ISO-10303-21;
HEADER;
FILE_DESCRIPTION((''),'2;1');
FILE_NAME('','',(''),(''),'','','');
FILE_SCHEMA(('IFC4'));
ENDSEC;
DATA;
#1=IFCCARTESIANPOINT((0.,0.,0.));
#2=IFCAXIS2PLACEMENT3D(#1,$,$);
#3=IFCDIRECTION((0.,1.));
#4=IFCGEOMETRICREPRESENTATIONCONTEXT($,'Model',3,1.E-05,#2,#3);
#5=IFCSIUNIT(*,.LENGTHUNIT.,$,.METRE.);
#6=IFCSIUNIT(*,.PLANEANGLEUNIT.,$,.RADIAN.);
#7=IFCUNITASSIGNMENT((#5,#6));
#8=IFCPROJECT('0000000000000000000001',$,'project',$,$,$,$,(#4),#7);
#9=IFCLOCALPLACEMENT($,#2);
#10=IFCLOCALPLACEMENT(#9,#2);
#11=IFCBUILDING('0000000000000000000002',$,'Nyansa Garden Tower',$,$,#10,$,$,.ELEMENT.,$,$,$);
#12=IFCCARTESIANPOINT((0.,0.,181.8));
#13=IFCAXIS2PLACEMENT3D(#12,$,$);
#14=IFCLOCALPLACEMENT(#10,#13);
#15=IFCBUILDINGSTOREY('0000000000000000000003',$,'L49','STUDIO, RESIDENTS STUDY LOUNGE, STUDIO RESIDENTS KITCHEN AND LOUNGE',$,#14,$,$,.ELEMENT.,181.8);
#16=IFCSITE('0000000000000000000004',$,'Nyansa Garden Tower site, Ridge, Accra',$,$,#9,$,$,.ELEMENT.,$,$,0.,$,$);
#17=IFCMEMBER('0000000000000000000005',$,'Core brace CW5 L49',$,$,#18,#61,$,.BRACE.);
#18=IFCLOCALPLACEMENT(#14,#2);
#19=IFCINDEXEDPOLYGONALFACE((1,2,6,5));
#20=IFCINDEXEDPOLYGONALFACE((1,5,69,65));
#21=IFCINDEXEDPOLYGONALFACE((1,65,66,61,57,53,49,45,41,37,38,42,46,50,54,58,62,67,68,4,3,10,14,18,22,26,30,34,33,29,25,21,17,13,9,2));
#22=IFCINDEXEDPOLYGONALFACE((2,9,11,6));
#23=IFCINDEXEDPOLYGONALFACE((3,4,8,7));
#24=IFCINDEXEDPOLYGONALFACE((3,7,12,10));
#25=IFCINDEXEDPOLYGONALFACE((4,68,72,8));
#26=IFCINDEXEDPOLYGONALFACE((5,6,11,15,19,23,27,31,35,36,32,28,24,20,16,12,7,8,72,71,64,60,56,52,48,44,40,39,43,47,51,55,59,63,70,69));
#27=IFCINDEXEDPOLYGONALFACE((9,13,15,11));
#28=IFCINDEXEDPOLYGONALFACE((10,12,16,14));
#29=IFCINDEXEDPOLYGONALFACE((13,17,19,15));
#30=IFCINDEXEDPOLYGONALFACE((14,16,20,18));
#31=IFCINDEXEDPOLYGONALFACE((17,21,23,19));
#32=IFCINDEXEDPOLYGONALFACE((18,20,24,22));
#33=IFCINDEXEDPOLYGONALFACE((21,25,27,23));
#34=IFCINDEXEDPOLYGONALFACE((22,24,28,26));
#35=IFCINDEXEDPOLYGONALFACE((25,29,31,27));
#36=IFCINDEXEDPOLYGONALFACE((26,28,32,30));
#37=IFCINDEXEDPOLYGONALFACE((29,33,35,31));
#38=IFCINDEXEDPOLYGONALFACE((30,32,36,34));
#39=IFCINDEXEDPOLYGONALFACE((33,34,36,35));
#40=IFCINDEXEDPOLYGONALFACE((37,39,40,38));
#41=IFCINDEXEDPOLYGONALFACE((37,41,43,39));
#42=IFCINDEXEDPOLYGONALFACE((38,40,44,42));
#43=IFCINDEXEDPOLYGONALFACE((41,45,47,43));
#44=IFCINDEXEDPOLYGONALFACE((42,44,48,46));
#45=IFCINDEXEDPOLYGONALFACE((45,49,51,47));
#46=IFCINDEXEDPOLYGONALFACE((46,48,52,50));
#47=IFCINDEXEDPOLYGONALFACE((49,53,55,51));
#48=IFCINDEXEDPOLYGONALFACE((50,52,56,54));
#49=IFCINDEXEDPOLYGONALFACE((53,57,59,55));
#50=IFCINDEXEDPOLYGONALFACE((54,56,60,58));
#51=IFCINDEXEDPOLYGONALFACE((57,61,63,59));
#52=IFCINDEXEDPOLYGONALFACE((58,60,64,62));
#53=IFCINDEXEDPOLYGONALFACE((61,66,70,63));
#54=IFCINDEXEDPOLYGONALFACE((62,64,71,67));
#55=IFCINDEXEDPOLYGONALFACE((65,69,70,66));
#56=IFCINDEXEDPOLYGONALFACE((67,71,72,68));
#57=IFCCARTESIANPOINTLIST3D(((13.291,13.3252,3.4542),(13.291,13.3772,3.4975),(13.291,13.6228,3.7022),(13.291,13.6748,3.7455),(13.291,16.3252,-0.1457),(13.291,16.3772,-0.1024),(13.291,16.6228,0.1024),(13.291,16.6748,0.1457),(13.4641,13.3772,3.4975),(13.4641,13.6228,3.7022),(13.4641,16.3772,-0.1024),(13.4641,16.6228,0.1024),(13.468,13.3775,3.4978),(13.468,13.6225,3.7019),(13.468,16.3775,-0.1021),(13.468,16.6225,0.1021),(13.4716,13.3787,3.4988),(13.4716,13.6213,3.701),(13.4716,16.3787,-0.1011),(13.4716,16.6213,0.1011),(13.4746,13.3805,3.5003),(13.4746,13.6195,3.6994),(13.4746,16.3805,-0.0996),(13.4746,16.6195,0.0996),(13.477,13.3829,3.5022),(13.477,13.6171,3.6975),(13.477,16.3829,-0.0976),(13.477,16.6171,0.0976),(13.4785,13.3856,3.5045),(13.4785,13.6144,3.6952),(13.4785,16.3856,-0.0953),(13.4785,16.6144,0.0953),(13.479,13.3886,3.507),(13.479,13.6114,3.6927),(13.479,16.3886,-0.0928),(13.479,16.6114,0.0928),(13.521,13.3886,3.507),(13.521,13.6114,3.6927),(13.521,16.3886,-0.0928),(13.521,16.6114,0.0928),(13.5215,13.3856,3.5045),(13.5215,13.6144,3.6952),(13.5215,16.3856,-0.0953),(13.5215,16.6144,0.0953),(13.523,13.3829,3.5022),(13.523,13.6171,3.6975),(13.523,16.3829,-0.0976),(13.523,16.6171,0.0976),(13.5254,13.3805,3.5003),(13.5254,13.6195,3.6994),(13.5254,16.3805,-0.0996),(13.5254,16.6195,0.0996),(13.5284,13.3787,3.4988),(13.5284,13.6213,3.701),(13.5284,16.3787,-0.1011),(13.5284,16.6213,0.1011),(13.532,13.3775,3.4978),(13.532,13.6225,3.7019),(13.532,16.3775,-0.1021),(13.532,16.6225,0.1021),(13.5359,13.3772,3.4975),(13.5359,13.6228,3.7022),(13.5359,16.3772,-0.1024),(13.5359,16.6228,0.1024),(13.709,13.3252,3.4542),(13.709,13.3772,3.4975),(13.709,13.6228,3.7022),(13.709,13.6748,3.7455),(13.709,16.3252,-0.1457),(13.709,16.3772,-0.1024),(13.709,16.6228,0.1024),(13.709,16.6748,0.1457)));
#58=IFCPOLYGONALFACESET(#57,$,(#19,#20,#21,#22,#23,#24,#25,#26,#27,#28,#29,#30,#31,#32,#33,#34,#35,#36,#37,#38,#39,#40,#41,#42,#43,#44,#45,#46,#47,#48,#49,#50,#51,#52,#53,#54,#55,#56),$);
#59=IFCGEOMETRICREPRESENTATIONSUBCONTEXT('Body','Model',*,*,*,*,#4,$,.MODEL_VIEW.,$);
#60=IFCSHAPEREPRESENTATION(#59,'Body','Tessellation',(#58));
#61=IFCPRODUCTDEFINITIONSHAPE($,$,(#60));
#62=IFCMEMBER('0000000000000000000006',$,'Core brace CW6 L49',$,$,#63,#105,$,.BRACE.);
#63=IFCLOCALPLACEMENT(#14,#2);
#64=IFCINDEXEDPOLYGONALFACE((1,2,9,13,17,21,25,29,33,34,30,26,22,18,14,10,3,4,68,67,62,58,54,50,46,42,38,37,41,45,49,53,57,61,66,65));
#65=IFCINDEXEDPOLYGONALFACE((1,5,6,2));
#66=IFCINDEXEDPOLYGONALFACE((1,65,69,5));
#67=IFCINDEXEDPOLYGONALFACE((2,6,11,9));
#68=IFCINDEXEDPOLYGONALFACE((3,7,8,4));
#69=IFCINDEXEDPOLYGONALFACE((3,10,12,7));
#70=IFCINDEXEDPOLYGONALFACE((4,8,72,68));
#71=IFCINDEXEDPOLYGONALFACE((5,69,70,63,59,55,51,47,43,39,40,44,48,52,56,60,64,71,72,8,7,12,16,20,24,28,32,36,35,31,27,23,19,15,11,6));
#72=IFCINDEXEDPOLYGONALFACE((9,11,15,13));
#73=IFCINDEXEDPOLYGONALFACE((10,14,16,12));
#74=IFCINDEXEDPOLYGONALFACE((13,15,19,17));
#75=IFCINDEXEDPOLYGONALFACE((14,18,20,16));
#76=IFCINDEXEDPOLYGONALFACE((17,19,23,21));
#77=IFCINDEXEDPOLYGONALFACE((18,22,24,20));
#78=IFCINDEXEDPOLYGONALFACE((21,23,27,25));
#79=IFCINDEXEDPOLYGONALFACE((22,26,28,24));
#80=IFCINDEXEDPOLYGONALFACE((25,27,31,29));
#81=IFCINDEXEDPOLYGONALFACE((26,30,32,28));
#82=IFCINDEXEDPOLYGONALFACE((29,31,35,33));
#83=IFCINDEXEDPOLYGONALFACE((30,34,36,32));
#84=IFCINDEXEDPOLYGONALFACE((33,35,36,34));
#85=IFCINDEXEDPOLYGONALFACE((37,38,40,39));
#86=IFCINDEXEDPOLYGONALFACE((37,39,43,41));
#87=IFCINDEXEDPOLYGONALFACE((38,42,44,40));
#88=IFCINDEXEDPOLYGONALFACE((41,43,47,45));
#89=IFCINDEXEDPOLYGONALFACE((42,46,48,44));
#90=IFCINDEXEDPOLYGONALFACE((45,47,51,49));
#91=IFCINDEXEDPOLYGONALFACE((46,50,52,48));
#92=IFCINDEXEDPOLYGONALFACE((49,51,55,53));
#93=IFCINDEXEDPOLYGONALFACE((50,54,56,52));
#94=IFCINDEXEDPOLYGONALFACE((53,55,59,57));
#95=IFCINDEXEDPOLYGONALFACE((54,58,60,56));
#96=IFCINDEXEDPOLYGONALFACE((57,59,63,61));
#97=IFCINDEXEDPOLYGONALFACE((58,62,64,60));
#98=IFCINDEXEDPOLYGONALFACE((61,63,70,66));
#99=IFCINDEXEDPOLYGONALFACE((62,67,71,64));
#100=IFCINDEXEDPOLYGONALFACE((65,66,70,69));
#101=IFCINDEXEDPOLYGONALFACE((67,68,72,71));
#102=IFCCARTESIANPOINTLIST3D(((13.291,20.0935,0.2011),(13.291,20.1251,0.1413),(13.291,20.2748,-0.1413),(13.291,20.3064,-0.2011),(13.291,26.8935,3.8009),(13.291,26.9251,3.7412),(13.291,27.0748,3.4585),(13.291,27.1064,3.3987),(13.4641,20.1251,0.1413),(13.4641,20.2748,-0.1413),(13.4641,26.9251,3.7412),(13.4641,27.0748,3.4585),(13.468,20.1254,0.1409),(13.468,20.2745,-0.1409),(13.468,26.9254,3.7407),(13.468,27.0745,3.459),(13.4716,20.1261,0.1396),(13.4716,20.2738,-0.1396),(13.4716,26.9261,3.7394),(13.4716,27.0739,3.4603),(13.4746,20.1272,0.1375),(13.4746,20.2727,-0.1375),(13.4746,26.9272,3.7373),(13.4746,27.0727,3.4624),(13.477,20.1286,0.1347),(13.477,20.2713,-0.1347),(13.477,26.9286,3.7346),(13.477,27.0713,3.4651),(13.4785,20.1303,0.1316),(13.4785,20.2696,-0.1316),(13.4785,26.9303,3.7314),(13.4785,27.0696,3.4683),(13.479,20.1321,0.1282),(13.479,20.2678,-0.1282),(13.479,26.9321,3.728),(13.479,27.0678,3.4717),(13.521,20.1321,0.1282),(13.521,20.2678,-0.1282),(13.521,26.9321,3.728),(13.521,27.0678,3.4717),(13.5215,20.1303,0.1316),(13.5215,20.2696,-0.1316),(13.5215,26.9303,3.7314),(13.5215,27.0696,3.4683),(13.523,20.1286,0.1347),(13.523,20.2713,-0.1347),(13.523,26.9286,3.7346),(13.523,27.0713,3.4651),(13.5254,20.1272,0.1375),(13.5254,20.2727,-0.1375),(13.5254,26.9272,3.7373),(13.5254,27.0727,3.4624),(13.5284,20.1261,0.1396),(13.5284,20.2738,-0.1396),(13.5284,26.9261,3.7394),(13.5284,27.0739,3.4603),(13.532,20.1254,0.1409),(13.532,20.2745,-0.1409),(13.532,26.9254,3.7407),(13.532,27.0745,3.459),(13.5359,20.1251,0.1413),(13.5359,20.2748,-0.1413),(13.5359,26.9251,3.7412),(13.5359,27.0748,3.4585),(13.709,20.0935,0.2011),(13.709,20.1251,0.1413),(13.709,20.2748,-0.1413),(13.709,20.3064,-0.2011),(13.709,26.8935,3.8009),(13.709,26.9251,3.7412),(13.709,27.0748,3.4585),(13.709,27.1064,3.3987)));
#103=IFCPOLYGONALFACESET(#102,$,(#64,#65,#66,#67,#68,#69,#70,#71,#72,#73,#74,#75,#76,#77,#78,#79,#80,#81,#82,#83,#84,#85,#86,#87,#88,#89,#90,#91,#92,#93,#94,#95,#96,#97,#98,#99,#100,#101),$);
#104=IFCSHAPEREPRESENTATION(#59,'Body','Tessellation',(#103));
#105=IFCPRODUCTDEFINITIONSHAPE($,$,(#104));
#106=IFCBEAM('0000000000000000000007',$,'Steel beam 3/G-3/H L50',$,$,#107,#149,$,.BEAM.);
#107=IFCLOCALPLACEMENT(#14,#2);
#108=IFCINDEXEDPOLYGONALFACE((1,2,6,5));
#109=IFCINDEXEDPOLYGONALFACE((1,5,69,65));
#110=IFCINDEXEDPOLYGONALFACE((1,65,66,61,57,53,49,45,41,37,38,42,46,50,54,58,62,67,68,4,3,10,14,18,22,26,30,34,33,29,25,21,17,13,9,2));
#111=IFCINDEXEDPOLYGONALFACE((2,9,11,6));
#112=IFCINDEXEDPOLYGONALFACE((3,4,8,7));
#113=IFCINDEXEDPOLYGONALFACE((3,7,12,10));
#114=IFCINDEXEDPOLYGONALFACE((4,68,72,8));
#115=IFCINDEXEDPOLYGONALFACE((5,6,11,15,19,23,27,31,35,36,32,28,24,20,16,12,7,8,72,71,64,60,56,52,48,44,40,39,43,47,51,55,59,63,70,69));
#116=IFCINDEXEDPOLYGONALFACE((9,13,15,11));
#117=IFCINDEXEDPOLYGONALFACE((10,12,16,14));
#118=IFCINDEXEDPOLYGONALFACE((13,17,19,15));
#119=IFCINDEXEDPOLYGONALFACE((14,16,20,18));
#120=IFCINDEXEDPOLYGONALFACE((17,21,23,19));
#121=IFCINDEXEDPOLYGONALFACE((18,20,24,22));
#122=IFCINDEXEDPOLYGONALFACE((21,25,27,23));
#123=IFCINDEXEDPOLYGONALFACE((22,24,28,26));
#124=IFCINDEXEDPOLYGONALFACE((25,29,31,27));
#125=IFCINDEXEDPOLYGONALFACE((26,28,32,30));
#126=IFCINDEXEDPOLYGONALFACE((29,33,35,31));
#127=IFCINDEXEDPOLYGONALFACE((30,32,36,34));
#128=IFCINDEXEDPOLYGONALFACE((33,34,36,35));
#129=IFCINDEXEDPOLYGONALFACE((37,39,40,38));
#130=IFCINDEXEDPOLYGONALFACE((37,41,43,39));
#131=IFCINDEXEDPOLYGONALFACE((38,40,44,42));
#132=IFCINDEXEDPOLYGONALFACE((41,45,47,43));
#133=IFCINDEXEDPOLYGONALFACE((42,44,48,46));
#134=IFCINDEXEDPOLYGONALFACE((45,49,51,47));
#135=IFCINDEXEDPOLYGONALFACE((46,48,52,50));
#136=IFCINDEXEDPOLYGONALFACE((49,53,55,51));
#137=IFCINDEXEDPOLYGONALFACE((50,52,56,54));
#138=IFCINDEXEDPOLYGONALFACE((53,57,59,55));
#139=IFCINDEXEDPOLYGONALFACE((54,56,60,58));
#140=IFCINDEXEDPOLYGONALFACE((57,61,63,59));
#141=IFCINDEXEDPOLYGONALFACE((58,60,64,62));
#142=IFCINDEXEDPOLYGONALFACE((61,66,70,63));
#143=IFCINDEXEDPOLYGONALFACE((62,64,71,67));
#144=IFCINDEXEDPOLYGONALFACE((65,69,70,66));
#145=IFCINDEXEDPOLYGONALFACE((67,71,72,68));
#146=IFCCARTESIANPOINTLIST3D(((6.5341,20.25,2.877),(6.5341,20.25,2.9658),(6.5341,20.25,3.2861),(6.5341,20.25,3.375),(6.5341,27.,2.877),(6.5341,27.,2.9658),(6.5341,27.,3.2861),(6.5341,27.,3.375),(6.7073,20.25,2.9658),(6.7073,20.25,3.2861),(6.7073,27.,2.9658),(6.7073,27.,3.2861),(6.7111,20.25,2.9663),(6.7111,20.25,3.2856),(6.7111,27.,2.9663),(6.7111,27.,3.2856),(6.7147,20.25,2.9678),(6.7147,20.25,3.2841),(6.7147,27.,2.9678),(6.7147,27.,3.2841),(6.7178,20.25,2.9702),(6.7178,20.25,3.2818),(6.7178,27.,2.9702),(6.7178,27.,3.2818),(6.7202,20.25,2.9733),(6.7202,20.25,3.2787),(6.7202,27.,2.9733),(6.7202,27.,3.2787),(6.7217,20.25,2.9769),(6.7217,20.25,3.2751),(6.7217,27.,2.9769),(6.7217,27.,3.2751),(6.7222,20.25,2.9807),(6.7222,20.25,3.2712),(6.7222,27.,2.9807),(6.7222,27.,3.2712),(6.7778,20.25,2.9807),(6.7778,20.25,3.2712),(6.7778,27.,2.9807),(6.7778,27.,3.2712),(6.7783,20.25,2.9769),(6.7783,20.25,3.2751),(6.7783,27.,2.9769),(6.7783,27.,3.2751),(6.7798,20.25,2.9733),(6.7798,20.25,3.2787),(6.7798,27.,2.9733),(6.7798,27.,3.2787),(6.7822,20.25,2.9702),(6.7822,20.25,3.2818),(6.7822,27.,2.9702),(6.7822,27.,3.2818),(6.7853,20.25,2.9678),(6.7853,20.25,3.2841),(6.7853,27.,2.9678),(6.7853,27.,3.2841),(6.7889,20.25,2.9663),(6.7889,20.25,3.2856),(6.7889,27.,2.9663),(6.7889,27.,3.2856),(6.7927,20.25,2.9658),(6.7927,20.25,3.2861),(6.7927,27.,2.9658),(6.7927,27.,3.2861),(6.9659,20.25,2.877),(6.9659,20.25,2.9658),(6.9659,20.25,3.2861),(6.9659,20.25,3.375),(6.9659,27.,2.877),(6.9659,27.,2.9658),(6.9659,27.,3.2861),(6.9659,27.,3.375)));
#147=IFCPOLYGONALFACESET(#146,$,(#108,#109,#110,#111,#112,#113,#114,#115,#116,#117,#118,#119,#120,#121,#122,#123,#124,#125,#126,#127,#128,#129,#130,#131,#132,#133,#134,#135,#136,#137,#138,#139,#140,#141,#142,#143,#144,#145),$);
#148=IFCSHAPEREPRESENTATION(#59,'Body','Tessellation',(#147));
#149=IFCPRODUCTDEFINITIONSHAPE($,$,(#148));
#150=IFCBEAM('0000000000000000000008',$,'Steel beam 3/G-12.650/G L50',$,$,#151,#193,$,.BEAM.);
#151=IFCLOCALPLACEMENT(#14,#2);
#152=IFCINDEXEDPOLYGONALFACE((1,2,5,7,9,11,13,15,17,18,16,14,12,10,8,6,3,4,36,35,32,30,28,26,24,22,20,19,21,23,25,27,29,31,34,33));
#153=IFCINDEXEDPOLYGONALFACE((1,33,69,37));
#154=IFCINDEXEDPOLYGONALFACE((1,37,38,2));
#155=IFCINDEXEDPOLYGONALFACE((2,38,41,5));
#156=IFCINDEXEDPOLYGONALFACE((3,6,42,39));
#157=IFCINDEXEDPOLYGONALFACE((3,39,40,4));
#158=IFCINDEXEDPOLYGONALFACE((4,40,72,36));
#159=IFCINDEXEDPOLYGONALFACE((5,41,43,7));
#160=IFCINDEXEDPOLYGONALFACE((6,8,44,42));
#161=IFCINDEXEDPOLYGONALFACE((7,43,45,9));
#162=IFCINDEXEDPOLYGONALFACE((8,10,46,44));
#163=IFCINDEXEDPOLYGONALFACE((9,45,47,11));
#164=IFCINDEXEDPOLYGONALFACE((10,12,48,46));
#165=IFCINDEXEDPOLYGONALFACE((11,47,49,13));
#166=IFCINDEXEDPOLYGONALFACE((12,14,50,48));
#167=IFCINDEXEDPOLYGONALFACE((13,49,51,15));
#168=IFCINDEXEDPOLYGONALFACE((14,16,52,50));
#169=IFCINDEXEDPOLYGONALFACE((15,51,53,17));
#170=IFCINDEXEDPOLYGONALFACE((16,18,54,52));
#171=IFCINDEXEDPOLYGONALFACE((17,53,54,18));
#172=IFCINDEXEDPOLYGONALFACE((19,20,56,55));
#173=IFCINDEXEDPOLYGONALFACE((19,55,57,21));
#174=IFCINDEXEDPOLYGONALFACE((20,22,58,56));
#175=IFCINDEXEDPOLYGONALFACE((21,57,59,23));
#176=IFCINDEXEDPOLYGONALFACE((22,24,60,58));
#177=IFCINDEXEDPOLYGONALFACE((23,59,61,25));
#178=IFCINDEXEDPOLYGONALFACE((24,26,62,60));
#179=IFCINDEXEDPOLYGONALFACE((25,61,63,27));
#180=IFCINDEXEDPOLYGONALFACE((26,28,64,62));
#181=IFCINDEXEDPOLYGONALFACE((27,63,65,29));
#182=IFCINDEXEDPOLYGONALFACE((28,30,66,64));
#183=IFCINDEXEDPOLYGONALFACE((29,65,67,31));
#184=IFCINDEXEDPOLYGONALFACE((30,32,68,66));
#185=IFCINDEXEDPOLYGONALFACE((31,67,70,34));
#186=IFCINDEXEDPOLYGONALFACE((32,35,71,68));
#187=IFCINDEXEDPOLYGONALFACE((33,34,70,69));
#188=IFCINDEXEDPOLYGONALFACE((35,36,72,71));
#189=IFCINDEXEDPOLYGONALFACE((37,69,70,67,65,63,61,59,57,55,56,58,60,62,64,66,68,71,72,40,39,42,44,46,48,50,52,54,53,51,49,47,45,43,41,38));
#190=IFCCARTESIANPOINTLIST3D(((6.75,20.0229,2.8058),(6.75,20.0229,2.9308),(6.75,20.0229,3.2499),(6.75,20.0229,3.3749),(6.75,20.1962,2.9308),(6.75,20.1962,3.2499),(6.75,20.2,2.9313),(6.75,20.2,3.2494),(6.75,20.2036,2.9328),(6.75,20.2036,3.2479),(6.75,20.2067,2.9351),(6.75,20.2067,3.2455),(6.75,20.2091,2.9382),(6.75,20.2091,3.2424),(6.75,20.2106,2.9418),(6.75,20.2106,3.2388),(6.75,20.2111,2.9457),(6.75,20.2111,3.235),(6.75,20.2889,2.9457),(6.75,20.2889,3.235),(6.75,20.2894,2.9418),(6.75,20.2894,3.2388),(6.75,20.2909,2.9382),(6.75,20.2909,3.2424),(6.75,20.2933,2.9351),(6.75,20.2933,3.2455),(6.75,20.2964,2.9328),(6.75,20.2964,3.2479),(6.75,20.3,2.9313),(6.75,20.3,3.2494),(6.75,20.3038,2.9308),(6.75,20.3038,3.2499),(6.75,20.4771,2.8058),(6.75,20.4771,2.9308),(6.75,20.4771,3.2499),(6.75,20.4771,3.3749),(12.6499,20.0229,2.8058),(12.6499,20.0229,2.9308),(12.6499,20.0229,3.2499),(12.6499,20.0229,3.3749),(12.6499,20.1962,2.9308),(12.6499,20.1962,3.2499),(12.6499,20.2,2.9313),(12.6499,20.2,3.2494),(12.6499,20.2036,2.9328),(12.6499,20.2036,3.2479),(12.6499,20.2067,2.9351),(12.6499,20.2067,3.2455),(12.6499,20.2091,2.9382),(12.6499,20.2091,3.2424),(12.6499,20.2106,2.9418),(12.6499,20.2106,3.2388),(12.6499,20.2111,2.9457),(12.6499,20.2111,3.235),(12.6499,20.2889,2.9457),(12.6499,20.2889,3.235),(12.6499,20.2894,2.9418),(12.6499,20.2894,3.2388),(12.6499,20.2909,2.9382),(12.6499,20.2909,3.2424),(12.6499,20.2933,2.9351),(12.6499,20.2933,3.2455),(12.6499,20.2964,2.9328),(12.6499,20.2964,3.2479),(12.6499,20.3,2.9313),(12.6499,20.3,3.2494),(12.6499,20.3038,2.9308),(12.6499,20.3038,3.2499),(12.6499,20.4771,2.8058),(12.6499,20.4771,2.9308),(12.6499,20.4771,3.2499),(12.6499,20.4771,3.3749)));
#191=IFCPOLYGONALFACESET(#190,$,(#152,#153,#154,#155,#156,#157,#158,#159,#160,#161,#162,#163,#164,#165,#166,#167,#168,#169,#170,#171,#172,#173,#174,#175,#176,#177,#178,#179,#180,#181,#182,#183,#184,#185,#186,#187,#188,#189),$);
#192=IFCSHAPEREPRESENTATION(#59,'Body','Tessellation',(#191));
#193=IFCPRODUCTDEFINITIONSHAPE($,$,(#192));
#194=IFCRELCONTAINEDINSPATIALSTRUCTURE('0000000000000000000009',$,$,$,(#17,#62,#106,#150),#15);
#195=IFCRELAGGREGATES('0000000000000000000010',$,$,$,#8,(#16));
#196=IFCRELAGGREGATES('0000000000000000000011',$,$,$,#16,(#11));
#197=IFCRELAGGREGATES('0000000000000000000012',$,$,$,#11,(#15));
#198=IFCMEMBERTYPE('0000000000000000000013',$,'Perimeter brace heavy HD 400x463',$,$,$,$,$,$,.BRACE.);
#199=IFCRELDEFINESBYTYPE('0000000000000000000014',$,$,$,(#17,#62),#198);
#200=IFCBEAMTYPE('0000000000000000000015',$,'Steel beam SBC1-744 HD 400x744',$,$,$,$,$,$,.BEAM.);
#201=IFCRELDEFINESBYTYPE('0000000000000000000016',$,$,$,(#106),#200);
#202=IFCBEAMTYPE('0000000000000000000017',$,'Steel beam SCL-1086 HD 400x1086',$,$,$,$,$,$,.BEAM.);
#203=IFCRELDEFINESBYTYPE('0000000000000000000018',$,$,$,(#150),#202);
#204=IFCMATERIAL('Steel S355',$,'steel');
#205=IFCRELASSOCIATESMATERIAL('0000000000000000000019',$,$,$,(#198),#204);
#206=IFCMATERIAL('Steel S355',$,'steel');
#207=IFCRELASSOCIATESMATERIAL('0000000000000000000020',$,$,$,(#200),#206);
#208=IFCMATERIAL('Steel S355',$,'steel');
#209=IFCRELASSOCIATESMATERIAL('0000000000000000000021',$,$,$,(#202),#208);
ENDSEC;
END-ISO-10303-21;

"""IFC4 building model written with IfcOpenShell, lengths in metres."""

from ifc_helpers import new_model, si_unit, direction, frame, origin, origin_2d, place, context, subcontext, project, spatial, i_section, extrude, material, material_profile, profile_set, type_object, element, save


model = new_model("IFC4")

# Units and contexts
model_context = context("Model", 3, precision=1e-05, world=origin(), true_north=direction((0.0, 1.0)))
body_context = subcontext(model_context, "Body", "Model", "MODEL_VIEW")
ifc_project = project(units=[si_unit("LENGTHUNIT", "METRE"), si_unit("PLANEANGLEUNIT", "RADIAN")], contexts=[model_context])

# Site, building, storey
site_placement = place(None, origin())
site = spatial("IfcSite", under=ifc_project, at=site_placement, Name="Nyansa Garden Tower site, Ridge, Accra", CompositionType="ELEMENT", RefElevation=0.0)
building_placement = place(site_placement, origin())
building = spatial("IfcBuilding", under=site, at=building_placement, Name="Nyansa Garden Tower", CompositionType="ELEMENT")
storey_placement = place(building_placement, frame((0.0, 0.0, 181.8)))
storey = spatial("IfcBuildingStorey", under=building, at=storey_placement, Name="L49", Description="STUDIO, RESIDENTS STUDY LOUNGE, STUDIO RESIDENTS KITCHEN AND LOUNGE", CompositionType="ELEMENT", Elevation=181.8)

# Members
ifc_material_1 = material(Name="Steel S355", Category="steel")
ifc_material_profile_1 = material_profile(ifc_material_1, i_section(OverallWidth=0.418, OverallDepth=0.4551, WebThickness=0.042, FlangeThickness=0.0676, FilletRadius=0.0149, at=origin_2d()), Name="HD 400x463")
ifc_profile_set_1 = profile_set([ifc_material_profile_1], Name="Steel S355")
member_type = type_object("IfcMemberType", Name="Perimeter brace heavy HD 400x463", PredefinedType="BRACE", material=ifc_profile_set_1)
member_1_placement = place(storey_placement, frame((13.5, 16.5, 0.0), z_axis=(0.0, -0.6402, 0.768208), x_axis=(1.0, 0.0, 0.0)))
element("IfcMember", 1, at=member_1_placement, inside=storey, type_object=member_type, Name="Core brace CW5 L49", PredefinedType="BRACE", context=body_context, shape_type="SweptSolid", body=[
    extrude(i_section(OverallWidth=0.418, OverallDepth=0.4551, WebThickness=0.042, FlangeThickness=0.0676, FilletRadius=0.0149, at=origin_2d()), origin(), (0.0, 0.0, 1.0), 4.686),
])
member_2_placement = place(storey_placement, frame((13.5, 20.2, 0.0), z_axis=(0.0, 0.883797, 0.46787), x_axis=(-1.0, 0.0, 0.0)))
element("IfcMember", 2, at=member_2_placement, inside=storey, type_object=member_type, Name="Core brace CW6 L49", PredefinedType="BRACE", context=body_context, shape_type="SweptSolid", body=[
    extrude(i_section(OverallWidth=0.418, OverallDepth=0.4551, WebThickness=0.042, FlangeThickness=0.0676, FilletRadius=0.0149, at=origin_2d()), origin(), (0.0, 0.0, 1.0), 7.6941),
])

# Beams
ifc_material_2 = material(Name="Steel S355", Category="steel")
ifc_material_profile_2 = material_profile(ifc_material_2, i_section(OverallWidth=0.4319, OverallDepth=0.498, WebThickness=0.0557, FlangeThickness=0.0889, FilletRadius=0.0149, at=origin_2d()), Name="HD 400x744")
ifc_profile_set_2 = profile_set([ifc_material_profile_2], Name="Steel S355")
beam_type_1 = type_object("IfcBeamType", Name="Steel beam SBC1-744 HD 400x744", PredefinedType="BEAM", material=ifc_profile_set_2)
beam_1_placement = place(storey_placement, frame((6.75, 20.25, 3.126), z_axis=(0.0, 1.0, 0.0), x_axis=(-1.0, 0.0, 0.0)))
element("IfcBeam", 3, at=beam_1_placement, inside=storey, type_object=beam_type_1, Name="Steel beam 3/G-3/H L50", PredefinedType="BEAM", context=body_context, shape_type="SweptSolid", body=[
    extrude(i_section(OverallWidth=0.4319, OverallDepth=0.498, WebThickness=0.0557, FlangeThickness=0.0889, FilletRadius=0.0149, at=origin_2d()), origin(), (0.0, 0.0, 1.0), 6.75),
])
ifc_material_3 = material(Name="Steel S355", Category="steel")
ifc_material_profile_3 = material_profile(ifc_material_3, i_section(OverallWidth=0.4541, OverallDepth=0.5691, WebThickness=0.0779, FlangeThickness=0.125, FilletRadius=0.0149, at=origin_2d()), Name="HD 400x1086")
ifc_profile_set_3 = profile_set([ifc_material_profile_3], Name="Steel S355")
beam_type_2 = type_object("IfcBeamType", Name="Steel beam SCL-1086 HD 400x1086", PredefinedType="BEAM", material=ifc_profile_set_3)
beam_2_placement = place(storey_placement, frame((6.75, 20.25, 3.0903), z_axis=(1.0, 0.0, 0.0), x_axis=(0.0, 1.0, 0.0)))
element("IfcBeam", 4, at=beam_2_placement, inside=storey, type_object=beam_type_2, Name="Steel beam 3/G-12.650/G L50", PredefinedType="BEAM", context=body_context, shape_type="SweptSolid", body=[
    extrude(i_section(OverallWidth=0.4541, OverallDepth=0.5691, WebThickness=0.0779, FlangeThickness=0.125, FilletRadius=0.0149, at=origin_2d()), origin(), (0.0, 0.0, 1.0), 5.8999),
])

save(model, "model.ifc")
